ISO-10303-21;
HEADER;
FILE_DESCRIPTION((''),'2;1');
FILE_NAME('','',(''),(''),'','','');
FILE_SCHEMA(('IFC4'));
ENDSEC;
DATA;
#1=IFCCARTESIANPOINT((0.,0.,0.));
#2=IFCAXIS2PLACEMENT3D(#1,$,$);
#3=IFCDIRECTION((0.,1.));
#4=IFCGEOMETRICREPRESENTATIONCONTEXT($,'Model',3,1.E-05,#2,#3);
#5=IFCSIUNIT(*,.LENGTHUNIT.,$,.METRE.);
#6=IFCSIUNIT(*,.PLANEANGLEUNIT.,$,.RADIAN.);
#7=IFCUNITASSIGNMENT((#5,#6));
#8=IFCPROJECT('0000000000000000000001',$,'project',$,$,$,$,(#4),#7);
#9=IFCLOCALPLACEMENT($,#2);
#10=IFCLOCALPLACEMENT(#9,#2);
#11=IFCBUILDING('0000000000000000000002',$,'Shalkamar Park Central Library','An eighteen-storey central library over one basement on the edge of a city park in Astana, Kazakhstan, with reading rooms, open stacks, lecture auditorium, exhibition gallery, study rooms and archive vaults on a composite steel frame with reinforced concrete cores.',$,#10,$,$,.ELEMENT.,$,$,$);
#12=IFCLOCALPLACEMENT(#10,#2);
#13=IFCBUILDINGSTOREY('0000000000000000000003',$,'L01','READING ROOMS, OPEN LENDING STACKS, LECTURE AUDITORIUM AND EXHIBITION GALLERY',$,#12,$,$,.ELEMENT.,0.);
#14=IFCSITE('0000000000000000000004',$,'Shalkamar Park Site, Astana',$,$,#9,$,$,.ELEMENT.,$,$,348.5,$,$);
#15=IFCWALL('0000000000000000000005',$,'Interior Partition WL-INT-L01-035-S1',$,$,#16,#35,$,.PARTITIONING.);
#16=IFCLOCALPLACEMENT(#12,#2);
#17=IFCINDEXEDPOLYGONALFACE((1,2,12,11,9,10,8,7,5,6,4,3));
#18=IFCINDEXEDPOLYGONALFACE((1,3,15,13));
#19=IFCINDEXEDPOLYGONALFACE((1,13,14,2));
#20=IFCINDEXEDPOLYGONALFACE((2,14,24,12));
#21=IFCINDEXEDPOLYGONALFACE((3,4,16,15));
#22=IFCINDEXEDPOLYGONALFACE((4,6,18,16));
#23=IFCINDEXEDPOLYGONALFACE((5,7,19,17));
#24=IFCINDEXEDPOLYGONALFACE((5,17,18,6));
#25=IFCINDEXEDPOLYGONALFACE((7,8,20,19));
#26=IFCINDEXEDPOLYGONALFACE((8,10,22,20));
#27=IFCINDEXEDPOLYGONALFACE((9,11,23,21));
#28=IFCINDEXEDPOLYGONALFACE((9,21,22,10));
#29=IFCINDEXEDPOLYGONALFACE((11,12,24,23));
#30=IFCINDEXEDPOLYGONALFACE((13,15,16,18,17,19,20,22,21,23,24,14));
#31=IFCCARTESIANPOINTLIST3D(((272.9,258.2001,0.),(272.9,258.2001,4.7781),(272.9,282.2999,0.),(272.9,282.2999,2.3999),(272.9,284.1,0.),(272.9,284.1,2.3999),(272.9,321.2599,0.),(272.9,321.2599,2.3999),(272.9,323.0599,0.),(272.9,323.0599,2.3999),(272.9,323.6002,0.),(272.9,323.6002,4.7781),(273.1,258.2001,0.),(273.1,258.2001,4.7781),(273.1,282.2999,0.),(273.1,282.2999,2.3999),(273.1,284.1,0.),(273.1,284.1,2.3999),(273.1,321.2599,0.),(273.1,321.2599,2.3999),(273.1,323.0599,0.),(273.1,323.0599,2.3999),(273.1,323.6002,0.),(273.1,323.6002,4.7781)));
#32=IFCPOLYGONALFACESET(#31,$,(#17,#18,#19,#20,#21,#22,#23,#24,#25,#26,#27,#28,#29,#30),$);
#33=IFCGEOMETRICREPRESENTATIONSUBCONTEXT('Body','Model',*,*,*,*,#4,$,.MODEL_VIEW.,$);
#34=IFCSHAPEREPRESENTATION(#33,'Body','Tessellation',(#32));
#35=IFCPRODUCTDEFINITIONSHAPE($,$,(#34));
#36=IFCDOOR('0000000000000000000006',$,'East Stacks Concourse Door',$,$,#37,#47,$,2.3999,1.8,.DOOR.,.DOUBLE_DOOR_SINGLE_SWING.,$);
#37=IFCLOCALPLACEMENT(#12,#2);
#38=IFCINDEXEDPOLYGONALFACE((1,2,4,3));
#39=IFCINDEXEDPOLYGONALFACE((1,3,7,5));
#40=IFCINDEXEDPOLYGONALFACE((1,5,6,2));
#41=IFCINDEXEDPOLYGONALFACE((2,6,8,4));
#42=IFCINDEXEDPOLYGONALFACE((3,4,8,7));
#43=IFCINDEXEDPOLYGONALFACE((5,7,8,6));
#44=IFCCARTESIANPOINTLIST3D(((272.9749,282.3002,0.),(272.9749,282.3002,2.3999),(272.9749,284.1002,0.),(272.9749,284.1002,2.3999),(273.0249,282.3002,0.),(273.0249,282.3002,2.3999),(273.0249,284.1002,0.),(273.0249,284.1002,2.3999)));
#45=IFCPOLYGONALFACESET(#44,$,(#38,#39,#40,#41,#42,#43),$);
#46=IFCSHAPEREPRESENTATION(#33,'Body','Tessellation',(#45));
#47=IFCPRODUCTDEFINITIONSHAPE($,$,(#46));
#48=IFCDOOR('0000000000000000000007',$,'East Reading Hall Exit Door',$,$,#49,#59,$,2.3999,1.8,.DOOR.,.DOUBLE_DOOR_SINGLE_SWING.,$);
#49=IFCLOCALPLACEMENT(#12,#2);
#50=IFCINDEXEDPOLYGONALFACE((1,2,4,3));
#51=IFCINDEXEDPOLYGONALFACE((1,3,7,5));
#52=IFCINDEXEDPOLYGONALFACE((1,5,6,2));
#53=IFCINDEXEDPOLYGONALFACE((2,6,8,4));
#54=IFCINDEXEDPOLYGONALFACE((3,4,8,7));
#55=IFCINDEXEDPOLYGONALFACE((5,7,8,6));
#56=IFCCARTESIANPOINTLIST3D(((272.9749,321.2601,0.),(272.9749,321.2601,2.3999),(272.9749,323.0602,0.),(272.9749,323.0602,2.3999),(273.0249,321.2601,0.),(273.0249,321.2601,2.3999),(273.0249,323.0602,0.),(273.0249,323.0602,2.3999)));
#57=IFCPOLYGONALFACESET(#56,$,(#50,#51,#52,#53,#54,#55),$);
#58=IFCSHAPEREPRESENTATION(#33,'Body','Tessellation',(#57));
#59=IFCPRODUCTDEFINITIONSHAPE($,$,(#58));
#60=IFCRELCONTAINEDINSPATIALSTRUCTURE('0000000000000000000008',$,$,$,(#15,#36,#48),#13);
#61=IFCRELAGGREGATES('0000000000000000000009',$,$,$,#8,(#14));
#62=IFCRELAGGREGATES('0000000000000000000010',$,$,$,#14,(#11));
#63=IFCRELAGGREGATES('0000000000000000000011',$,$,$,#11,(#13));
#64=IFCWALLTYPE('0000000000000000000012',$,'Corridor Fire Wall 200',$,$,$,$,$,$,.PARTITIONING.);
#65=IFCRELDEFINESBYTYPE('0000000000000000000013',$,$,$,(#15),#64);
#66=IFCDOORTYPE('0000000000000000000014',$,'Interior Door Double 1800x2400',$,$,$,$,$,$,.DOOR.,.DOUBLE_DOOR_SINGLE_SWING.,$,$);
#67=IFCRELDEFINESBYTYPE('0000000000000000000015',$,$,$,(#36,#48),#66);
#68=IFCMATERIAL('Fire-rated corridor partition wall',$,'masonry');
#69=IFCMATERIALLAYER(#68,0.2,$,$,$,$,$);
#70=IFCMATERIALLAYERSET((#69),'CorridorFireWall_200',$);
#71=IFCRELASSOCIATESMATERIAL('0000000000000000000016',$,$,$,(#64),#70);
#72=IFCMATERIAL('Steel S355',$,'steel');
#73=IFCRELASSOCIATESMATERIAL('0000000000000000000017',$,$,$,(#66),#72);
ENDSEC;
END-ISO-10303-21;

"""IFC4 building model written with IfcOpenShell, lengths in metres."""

from ifc_helpers import new_model, si_unit, direction, frame, frame_2d, origin, place, context, subcontext, project, spatial, rectangle, extrude, material, layer, layer_set, type_object, element, fill, save


model = new_model("IFC4")

# Units and contexts
model_context = context("Model", 3, precision=1e-05, world=origin(), true_north=direction((0.0, 1.0)))
body_context = subcontext(model_context, "Body", "Model", "MODEL_VIEW")
ifc_project = project(units=[si_unit("LENGTHUNIT", "METRE"), si_unit("PLANEANGLEUNIT", "RADIAN")], contexts=[model_context])

# Site, building, storey
site_placement = place(None, origin())
site = spatial("IfcSite", under=ifc_project, at=site_placement, Name="Shalkamar Park Site, Astana", CompositionType="ELEMENT", RefElevation=348.5)
building_placement = place(site_placement, origin())
building = spatial("IfcBuilding", under=site, at=building_placement, Name="Shalkamar Park Central Library", Description="An eighteen-storey central library over one basement on the edge of a city park in Astana, Kazakhstan, with reading rooms, open stacks, lecture auditorium, exhibition gallery, study rooms and archive vaults on a composite steel frame with reinforced concrete cores.", CompositionType="ELEMENT")
storey_placement = place(building_placement, origin())
storey = spatial("IfcBuildingStorey", under=building, at=storey_placement, Name="L01", Description="READING ROOMS, OPEN LENDING STACKS, LECTURE AUDITORIUM AND EXHIBITION GALLERY", CompositionType="ELEMENT", Elevation=0.0)

# Shared definitions
ifc_material_1 = material(Name="Steel S355", Category="steel")

# Wall, openings, doors
ifc_material_2 = material(Name="Fire-rated corridor partition wall", Category="masonry")
ifc_layer = layer(ifc_material_2, 0.2)
ifc_layer_set = layer_set([ifc_layer], Name="CorridorFireWall_200")
wall_type = type_object("IfcWallType", Name="Corridor Fire Wall 200", PredefinedType="PARTITIONING", material=ifc_layer_set)
wall_placement = place(storey_placement, frame((273.0, 258.2, 0.0), z_axis=(0.0, 0.0, 1.0), x_axis=(0.0, 1.0, 0.0)))
wall = element("IfcWall", 1, at=wall_placement, inside=storey, type_object=wall_type, Name="Interior Partition WL-INT-L01-035-S1", PredefinedType="PARTITIONING", context=body_context, shape_type="SweptSolid", body=[
    extrude(rectangle(XDim=65.4001, YDim=0.2, at=frame_2d((32.7002, 0.0))), origin(), (0.0, 0.0, 1.0), 4.7781),
])
opening_1_placement = place(wall_placement, frame((24.1001, 0.0, 0.0)))
opening_1 = element("IfcOpeningElement", 2, at=opening_1_placement, cuts=wall, PredefinedType="OPENING", context=body_context, shape_type="SweptSolid", body=[
    extrude(rectangle(XDim=1.8, YDim=2.3999, at=frame_2d((0.8999, 1.2))), frame((0.0, 0.1147, 0.0), z_axis=(0.0, -1.0, 0.0), x_axis=(1.0, 0.0, 0.0)), (0.0, 0.0, 1.0), 0.2297),
])
opening_2_placement = place(wall_placement, frame((63.0601, 0.0, 0.0)))
opening_2 = element("IfcOpeningElement", 3, at=opening_2_placement, cuts=wall, PredefinedType="OPENING", context=body_context, shape_type="SweptSolid", body=[
    extrude(rectangle(XDim=1.8, YDim=2.3999, at=frame_2d((0.8999, 1.2))), frame((0.0, 0.1147, 0.0), z_axis=(0.0, -1.0, 0.0), x_axis=(1.0, 0.0, 0.0)), (0.0, 0.0, 1.0), 0.2297),
])
door_type = type_object("IfcDoorType", Name="Interior Door Double 1800x2400", OperationType="DOUBLE_DOOR_SINGLE_SWING", PredefinedType="DOOR", material=ifc_material_1)
door_1_placement = place(opening_1_placement, frame((1.8, 0.0, 0.0), z_axis=(0.0, 0.0, 1.0), x_axis=(-1.0, 0.0, 0.0)))
door_1 = element("IfcDoor", 4, at=door_1_placement, inside=storey, type_object=door_type, Name="East Stacks Concourse Door", OperationType="DOUBLE_DOOR_SINGLE_SWING", OverallHeight=2.3999, OverallWidth=1.8, PredefinedType="DOOR", context=body_context, shape_type="SweptSolid", body=[
    extrude(rectangle(XDim=1.8, YDim=2.3999, at=frame_2d((0.8999, 1.2))), frame((0.0, 0.0249, 0.0), z_axis=(0.0, -1.0, 0.0), x_axis=(1.0, 0.0, 0.0)), (0.0, 0.0, 1.0), 0.05),
])
fill(opening_1, door_1)
door_2_placement = place(opening_2_placement, frame((1.8, 0.0, 0.0), z_axis=(0.0, 0.0, 1.0), x_axis=(-1.0, 0.0, 0.0)))
door_2 = element("IfcDoor", 5, at=door_2_placement, inside=storey, type_object=door_type, Name="East Reading Hall Exit Door", OperationType="DOUBLE_DOOR_SINGLE_SWING", OverallHeight=2.3999, OverallWidth=1.8, PredefinedType="DOOR", context=body_context, shape_type="SweptSolid", body=[
    extrude(rectangle(XDim=1.8, YDim=2.3999, at=frame_2d((0.8999, 1.2))), frame((0.0, 0.0249, 0.0), z_axis=(0.0, -1.0, 0.0), x_axis=(1.0, 0.0, 0.0)), (0.0, 0.0, 1.0), 0.05),
])
fill(opening_2, door_2)

save(model, "model.ifc")
